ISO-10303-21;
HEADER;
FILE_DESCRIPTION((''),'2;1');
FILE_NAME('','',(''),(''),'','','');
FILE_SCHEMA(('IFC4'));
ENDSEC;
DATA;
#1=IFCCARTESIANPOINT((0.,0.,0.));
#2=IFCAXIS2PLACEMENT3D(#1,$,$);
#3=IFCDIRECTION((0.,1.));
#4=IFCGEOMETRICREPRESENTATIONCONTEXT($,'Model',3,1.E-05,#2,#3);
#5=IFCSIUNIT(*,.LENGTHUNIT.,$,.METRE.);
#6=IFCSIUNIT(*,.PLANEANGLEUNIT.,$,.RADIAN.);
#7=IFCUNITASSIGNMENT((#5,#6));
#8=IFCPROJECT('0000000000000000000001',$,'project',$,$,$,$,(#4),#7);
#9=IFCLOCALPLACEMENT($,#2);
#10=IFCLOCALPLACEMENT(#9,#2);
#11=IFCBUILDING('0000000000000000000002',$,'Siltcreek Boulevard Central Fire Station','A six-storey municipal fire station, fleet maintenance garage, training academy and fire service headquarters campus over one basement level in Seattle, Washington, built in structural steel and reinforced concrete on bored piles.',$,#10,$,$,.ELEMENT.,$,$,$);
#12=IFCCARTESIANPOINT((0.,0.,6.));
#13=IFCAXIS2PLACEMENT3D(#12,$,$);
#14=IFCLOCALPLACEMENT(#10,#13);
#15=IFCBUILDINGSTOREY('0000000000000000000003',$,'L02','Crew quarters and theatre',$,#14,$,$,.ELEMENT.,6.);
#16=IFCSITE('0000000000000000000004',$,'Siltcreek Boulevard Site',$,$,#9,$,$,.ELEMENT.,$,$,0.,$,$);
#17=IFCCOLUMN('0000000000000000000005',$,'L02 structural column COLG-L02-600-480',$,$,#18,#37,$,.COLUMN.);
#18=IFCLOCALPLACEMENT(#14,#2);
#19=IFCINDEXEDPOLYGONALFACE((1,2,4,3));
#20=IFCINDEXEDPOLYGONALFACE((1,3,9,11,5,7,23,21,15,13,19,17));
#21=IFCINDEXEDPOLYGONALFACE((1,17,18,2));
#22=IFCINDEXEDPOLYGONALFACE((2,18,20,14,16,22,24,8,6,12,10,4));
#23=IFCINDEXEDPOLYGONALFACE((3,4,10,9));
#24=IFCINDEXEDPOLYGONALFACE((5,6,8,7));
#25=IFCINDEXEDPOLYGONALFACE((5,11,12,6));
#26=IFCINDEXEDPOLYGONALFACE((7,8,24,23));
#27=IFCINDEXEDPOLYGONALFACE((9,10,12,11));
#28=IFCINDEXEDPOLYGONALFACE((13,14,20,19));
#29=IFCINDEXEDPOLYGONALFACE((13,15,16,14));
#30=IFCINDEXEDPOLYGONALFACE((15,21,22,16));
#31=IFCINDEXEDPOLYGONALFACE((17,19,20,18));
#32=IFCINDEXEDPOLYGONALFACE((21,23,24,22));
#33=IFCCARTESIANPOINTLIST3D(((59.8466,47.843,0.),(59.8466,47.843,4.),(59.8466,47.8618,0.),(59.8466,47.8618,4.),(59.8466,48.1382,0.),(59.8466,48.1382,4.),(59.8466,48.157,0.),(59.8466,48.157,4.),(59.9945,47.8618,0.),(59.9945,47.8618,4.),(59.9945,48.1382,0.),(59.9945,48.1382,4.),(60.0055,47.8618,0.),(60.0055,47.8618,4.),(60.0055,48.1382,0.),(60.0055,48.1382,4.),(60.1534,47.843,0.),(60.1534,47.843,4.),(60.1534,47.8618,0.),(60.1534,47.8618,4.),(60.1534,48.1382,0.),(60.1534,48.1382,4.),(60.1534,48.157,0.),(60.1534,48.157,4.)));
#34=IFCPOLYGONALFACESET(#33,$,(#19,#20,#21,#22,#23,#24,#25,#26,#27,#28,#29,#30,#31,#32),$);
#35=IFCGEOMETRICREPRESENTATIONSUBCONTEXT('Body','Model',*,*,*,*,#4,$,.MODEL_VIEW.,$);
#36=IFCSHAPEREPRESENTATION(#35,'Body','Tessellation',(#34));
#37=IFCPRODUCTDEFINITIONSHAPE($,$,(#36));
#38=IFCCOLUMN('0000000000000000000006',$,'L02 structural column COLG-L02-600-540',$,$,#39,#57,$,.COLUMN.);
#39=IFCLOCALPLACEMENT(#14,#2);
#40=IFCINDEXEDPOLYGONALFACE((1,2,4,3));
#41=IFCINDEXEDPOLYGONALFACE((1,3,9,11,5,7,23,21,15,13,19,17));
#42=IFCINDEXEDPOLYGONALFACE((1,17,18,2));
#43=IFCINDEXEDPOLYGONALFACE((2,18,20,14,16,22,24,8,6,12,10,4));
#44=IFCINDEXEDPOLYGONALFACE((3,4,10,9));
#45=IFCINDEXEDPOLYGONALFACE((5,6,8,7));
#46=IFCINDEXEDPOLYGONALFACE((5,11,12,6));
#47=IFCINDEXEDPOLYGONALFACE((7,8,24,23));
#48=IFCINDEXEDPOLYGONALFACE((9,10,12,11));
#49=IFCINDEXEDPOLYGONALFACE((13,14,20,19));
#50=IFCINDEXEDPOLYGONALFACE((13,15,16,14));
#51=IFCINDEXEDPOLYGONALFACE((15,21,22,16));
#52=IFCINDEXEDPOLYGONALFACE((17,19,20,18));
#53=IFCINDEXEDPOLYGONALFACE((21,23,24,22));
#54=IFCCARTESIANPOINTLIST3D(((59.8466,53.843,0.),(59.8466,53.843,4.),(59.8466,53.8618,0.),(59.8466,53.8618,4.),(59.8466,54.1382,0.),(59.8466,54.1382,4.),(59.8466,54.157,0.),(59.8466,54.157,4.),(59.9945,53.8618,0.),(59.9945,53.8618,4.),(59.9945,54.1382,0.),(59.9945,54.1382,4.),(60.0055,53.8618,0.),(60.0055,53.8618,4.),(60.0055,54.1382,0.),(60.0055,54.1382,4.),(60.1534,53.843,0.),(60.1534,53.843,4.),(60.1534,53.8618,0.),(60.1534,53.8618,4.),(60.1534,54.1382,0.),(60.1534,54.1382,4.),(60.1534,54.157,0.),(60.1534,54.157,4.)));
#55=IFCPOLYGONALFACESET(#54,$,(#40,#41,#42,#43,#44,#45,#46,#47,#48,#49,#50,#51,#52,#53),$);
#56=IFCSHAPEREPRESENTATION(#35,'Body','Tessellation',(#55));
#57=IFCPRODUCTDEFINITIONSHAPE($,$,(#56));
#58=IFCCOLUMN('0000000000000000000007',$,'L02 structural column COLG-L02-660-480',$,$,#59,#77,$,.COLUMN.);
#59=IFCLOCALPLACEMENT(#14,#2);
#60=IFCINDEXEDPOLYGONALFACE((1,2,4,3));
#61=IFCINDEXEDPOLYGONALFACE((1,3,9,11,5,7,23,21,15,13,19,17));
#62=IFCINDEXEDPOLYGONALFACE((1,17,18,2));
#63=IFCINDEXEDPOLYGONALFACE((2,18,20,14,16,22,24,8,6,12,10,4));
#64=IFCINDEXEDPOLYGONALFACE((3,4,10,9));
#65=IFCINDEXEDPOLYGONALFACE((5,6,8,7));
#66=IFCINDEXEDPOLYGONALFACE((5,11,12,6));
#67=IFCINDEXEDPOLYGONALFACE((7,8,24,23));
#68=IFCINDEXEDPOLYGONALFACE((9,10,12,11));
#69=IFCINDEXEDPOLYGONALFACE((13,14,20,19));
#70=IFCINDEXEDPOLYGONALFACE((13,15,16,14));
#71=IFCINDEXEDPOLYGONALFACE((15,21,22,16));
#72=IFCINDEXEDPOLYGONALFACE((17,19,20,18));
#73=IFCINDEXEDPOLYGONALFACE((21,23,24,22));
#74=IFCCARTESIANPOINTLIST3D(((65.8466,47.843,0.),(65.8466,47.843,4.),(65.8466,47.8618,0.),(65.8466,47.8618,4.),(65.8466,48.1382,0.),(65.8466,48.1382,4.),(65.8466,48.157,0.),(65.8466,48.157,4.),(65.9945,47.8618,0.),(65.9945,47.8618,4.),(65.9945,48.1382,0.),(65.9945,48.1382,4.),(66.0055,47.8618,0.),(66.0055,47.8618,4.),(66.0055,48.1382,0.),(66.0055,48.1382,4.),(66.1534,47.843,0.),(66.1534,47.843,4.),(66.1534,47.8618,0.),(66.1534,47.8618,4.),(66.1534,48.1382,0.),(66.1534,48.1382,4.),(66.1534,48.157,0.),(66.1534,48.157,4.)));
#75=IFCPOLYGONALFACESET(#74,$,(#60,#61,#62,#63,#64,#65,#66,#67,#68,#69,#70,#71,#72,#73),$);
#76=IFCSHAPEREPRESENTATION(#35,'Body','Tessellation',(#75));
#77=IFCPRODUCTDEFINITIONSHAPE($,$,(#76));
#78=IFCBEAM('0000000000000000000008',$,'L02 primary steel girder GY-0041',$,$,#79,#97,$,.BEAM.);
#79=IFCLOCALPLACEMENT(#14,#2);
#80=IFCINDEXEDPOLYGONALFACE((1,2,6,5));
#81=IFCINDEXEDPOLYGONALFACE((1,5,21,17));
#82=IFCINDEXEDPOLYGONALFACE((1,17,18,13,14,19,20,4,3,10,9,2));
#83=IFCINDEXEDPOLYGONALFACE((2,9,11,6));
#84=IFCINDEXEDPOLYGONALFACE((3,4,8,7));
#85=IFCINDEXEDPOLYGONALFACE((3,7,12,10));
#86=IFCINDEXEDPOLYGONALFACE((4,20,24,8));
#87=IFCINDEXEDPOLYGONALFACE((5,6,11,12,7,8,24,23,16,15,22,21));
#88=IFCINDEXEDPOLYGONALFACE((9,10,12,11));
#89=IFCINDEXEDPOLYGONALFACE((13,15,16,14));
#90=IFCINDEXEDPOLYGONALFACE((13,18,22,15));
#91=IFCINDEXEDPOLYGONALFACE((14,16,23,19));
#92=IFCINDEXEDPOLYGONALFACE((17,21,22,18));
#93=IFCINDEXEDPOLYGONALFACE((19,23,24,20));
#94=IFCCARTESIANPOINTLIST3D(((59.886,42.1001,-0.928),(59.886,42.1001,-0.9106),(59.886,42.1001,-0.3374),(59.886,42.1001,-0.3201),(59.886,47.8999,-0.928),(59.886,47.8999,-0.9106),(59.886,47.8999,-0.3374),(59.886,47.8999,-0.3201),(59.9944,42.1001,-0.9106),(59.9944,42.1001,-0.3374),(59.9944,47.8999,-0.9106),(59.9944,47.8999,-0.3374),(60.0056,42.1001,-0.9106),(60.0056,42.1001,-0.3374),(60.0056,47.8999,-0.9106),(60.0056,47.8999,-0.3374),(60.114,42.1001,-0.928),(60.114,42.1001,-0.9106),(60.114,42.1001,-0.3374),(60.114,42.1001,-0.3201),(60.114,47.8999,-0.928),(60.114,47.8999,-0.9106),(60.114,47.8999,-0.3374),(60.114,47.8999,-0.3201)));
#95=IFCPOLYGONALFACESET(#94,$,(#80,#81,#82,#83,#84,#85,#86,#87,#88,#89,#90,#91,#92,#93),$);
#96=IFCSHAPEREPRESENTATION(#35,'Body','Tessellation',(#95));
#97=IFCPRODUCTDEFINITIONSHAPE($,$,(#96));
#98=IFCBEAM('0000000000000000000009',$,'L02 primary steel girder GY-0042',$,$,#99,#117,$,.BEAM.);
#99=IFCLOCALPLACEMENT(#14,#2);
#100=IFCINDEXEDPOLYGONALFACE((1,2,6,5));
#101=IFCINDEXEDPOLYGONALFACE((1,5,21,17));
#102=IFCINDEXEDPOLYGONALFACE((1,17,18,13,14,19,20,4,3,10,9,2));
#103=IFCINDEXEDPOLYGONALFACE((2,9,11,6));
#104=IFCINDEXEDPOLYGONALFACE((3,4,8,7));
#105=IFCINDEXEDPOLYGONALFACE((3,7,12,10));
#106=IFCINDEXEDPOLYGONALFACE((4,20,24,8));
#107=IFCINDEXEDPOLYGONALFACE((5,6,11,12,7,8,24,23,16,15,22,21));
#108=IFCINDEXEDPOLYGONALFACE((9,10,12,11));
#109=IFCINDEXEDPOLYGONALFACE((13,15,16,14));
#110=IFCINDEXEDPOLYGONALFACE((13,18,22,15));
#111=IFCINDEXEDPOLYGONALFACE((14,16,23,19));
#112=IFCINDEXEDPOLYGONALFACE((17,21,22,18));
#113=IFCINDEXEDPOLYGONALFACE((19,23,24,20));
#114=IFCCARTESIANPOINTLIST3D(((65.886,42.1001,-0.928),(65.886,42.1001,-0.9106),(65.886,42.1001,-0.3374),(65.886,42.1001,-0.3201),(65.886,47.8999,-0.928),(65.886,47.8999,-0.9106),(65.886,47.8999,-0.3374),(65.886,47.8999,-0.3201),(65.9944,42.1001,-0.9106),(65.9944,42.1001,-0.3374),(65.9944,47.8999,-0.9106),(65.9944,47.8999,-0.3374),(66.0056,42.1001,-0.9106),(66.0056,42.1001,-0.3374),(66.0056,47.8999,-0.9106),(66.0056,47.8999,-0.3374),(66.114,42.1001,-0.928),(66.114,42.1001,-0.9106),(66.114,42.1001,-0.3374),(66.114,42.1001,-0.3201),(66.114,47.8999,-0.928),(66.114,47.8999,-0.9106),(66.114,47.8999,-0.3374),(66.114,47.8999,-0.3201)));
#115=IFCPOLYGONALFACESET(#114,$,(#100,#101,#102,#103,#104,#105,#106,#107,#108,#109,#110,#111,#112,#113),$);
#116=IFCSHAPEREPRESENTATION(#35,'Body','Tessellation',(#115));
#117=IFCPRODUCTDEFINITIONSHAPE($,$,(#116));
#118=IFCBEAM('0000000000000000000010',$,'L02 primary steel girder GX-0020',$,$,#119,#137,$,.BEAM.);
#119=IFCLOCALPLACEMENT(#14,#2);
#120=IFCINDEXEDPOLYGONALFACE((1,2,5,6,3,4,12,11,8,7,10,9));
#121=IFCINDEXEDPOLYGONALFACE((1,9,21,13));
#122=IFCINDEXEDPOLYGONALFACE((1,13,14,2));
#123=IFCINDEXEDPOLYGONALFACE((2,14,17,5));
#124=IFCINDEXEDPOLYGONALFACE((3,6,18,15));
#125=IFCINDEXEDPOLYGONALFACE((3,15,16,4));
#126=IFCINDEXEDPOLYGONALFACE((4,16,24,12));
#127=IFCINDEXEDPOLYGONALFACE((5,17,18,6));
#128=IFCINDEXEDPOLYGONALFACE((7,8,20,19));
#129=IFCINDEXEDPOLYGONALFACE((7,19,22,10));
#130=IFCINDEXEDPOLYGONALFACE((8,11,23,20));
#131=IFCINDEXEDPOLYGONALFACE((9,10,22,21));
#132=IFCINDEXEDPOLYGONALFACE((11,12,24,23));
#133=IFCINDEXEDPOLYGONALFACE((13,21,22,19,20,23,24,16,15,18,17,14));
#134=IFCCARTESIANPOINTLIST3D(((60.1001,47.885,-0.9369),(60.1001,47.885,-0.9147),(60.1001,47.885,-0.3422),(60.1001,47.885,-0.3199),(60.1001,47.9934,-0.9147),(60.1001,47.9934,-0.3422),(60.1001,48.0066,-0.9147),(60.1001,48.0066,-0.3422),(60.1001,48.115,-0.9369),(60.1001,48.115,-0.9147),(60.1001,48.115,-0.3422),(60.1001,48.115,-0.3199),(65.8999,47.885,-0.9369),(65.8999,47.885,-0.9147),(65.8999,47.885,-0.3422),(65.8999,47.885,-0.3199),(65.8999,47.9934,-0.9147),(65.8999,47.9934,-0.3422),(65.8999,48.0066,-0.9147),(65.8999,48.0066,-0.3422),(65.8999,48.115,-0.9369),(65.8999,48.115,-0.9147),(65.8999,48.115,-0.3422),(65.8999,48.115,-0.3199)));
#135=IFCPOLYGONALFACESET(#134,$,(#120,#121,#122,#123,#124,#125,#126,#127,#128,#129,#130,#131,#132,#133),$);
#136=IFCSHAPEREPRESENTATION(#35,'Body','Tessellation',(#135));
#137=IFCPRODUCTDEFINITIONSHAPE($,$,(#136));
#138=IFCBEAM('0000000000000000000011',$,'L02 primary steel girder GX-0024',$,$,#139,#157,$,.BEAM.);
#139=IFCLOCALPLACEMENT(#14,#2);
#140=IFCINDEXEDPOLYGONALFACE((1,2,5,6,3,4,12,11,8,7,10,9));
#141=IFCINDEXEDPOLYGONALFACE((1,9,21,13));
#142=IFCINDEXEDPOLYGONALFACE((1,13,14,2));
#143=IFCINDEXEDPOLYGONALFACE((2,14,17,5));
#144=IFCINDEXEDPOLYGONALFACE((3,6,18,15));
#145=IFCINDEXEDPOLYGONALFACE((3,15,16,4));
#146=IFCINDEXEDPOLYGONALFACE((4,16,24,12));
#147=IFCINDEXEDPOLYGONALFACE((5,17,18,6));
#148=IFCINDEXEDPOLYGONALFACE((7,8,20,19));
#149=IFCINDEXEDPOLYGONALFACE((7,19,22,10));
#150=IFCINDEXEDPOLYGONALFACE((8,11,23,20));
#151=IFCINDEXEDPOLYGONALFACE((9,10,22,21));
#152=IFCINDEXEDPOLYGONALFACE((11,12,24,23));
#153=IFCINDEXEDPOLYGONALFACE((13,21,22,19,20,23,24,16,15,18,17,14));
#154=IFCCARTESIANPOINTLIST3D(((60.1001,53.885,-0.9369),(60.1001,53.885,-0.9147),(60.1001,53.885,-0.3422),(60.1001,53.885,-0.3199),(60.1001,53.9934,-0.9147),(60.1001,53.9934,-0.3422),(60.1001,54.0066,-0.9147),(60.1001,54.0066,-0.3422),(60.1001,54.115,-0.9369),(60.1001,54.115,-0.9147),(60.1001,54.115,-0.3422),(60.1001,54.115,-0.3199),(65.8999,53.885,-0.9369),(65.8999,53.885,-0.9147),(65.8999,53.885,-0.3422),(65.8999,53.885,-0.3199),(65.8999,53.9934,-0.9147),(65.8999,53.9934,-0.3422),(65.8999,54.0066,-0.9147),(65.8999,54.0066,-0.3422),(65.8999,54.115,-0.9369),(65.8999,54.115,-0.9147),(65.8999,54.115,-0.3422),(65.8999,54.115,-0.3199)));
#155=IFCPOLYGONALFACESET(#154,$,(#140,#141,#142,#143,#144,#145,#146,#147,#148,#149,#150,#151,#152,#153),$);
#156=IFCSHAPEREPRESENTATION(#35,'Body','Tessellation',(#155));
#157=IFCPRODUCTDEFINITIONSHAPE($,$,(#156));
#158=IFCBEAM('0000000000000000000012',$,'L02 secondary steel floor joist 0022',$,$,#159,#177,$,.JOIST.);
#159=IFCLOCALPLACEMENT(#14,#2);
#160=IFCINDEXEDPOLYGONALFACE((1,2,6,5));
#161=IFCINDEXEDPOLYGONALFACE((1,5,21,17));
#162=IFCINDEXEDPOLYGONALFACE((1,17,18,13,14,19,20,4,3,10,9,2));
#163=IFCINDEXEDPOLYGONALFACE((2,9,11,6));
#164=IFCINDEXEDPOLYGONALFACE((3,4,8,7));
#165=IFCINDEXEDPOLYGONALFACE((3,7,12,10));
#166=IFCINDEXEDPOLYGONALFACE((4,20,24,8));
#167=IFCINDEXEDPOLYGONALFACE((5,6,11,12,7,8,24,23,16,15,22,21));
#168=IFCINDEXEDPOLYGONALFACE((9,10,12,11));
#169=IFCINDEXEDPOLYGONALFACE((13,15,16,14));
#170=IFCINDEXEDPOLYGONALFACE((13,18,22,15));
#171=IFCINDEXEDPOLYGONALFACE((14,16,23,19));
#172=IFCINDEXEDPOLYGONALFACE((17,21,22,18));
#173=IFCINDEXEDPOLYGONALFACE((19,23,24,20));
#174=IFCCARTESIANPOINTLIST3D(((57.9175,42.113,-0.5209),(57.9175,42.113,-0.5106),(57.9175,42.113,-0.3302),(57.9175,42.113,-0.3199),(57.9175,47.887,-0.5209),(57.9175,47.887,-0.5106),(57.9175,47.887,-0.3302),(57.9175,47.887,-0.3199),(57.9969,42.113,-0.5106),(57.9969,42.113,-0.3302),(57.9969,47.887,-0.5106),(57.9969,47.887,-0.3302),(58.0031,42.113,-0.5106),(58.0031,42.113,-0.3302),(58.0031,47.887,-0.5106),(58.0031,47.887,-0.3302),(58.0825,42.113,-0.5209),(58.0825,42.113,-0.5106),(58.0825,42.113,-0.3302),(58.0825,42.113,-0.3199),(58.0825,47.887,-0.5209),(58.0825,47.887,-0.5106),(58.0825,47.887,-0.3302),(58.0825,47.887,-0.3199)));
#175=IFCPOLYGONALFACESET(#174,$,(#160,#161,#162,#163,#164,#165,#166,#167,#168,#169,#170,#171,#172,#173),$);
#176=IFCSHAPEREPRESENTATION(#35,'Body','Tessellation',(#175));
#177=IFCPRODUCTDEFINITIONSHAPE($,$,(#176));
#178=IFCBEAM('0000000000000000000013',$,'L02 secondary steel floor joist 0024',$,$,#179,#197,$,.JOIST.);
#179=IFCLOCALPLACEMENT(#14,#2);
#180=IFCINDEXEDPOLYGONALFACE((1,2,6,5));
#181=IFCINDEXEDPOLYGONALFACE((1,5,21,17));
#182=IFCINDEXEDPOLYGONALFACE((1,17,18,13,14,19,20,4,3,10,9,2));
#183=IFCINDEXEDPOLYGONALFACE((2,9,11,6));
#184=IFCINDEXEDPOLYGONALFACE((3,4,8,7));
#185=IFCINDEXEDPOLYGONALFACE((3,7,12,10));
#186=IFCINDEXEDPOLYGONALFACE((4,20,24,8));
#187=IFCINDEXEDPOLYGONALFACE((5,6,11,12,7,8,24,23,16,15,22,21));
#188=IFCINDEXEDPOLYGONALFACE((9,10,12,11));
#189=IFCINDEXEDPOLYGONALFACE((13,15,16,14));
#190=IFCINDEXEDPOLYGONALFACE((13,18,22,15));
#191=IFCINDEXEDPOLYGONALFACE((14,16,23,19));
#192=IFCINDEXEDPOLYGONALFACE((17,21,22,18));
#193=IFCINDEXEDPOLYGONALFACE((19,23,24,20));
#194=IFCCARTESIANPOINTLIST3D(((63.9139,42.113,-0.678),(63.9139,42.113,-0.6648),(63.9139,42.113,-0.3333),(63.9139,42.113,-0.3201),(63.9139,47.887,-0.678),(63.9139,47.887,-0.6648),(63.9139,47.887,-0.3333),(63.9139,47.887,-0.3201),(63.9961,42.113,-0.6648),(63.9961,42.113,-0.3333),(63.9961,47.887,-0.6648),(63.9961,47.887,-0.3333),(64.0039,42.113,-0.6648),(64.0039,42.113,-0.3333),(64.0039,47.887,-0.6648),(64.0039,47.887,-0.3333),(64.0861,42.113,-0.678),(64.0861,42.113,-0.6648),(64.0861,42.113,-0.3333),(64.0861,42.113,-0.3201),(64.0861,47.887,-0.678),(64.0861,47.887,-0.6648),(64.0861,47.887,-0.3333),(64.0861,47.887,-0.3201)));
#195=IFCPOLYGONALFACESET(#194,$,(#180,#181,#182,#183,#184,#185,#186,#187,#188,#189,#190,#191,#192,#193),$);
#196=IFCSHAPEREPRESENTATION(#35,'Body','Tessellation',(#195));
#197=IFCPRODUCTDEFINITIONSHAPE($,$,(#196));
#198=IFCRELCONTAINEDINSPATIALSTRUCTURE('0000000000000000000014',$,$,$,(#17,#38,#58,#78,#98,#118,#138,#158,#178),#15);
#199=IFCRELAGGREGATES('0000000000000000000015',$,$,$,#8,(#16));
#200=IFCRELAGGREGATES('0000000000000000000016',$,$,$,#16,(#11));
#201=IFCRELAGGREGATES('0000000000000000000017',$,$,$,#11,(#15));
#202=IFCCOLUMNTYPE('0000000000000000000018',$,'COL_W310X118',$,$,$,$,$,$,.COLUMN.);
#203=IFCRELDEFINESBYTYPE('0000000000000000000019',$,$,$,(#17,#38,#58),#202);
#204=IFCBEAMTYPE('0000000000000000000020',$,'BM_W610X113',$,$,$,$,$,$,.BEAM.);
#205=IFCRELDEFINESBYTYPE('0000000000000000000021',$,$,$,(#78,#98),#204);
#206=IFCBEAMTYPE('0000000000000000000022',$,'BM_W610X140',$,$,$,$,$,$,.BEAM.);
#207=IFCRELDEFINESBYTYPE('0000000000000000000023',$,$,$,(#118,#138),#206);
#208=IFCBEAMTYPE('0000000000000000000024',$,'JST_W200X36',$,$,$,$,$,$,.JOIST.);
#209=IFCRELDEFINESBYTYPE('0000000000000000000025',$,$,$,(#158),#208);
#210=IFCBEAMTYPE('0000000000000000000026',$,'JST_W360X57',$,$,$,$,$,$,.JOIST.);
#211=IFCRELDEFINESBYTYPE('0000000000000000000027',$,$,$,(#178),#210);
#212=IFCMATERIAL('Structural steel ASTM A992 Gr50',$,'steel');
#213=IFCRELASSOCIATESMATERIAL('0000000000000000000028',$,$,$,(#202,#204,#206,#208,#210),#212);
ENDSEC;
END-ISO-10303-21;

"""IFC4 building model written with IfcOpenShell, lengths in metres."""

from ifc_helpers import new_model, si_unit, direction, frame, origin, origin_2d, place, context, subcontext, project, spatial, i_section, extrude, material, material_profile, profile_set, type_object, element, save


model = new_model("IFC4")

# Units and contexts
model_context = context("Model", 3, precision=1e-05, world=origin(), true_north=direction((0.0, 1.0)))
body_context = subcontext(model_context, "Body", "Model", "MODEL_VIEW")
ifc_project = project(units=[si_unit("LENGTHUNIT", "METRE"), si_unit("PLANEANGLEUNIT", "RADIAN")], contexts=[model_context])

# Site, building, storey
site_placement = place(None, origin())
site = spatial("IfcSite", under=ifc_project, at=site_placement, Name="Siltcreek Boulevard Site", CompositionType="ELEMENT", RefElevation=0.0)
building_placement = place(site_placement, origin())
building = spatial("IfcBuilding", under=site, at=building_placement, Name="Siltcreek Boulevard Central Fire Station", Description="A six-storey municipal fire station, fleet maintenance garage, training academy and fire service headquarters campus over one basement level in Seattle, Washington, built in structural steel and reinforced concrete on bored piles.", CompositionType="ELEMENT")
storey_placement = place(building_placement, frame((0.0, 0.0, 6.0)))
storey = spatial("IfcBuildingStorey", under=building, at=storey_placement, Name="L02", Description="Crew quarters and theatre", CompositionType="ELEMENT", Elevation=6.0)

# Columns
ifc_material_1 = material(Name="Structural steel ASTM A992 Gr50", Category="steel")
ifc_material_profile_1 = material_profile(ifc_material_1, i_section(OverallWidth=0.3069, OverallDepth=0.314, WebThickness=0.011, FlangeThickness=0.0188, at=origin_2d()), Name="W310X118")
ifc_profile_set_1 = profile_set([ifc_material_profile_1], Name="Structural steel ASTM A992 Gr50")
column_type = type_object("IfcColumnType", Name="COL_W310X118", PredefinedType="COLUMN", material=ifc_profile_set_1)
for number, where, z_axis, x_axis, name in (
    (1, (60.0, 48.0, 0.0), (0.0, 0.0, 1.0), (1.0, 0.0, 0.0), "L02 structural column COLG-L02-600-480"),
    (2, (60.0, 54.0, 0.0), (0.0, 0.0, 1.0), (1.0, 0.0, 0.0), "L02 structural column COLG-L02-600-540"),
    (3, (66.0, 48.0, 0.0), (0.0, 0.0, 1.0), (1.0, 0.0, 0.0), "L02 structural column COLG-L02-660-480"),
):
    element("IfcColumn", number, at=place(storey_placement, frame(where, z_axis=z_axis, x_axis=x_axis)), inside=storey, type_object=column_type, Name=name, PredefinedType="COLUMN", context=body_context, shape_type="SweptSolid", body=[
        extrude(i_section(OverallWidth=0.3069, OverallDepth=0.314, WebThickness=0.011, FlangeThickness=0.0188, at=origin_2d()), origin(), (0.0, 0.0, 1.0), 4.0),
    ])

# Beams
ifc_material_profile_2 = material_profile(ifc_material_1, i_section(OverallWidth=0.228, OverallDepth=0.6079, WebThickness=0.0112, FlangeThickness=0.0173, at=origin_2d()), Name="W610X113")
ifc_profile_set_2 = profile_set([ifc_material_profile_2], Name="Structural steel ASTM A992 Gr50")
beam_type_1 = type_object("IfcBeamType", Name="BM_W610X113", PredefinedType="BEAM", material=ifc_profile_set_2)
for number, where, z_axis, x_axis, name in (
    (4, (60.0, 42.1001, -0.624), (0.0, 1.0, 0.0), (-1.0, 0.0, 0.0), "L02 primary steel girder GY-0041"),
    (5, (66.0, 42.1001, -0.624), (0.0, 1.0, 0.0), (-1.0, 0.0, 0.0), "L02 primary steel girder GY-0042"),
):
    element("IfcBeam", number, at=place(storey_placement, frame(where, z_axis=z_axis, x_axis=x_axis)), inside=storey, type_object=beam_type_1, Name=name, PredefinedType="BEAM", context=body_context, shape_type="SweptSolid", body=[
        extrude(i_section(OverallWidth=0.228, OverallDepth=0.6079, WebThickness=0.0112, FlangeThickness=0.0173, at=origin_2d()), origin(), (0.0, 0.0, 1.0), 5.7998),
    ])
ifc_material_profile_3 = material_profile(ifc_material_1, i_section(OverallWidth=0.23, OverallDepth=0.6169, WebThickness=0.0132, FlangeThickness=0.0222, at=origin_2d()), Name="W610X140")
ifc_profile_set_3 = profile_set([ifc_material_profile_3], Name="Structural steel ASTM A992 Gr50")
beam_type_2 = type_object("IfcBeamType", Name="BM_W610X140", PredefinedType="BEAM", material=ifc_profile_set_3)
for number, where, z_axis, x_axis, name in (
    (6, (60.1001, 48.0, -0.6284), (1.0, 0.0, 0.0), (0.0, 1.0, 0.0), "L02 primary steel girder GX-0020"),
    (7, (60.1001, 54.0, -0.6284), (1.0, 0.0, 0.0), (0.0, 1.0, 0.0), "L02 primary steel girder GX-0024"),
):
    element("IfcBeam", number, at=place(storey_placement, frame(where, z_axis=z_axis, x_axis=x_axis)), inside=storey, type_object=beam_type_2, Name=name, PredefinedType="BEAM", context=body_context, shape_type="SweptSolid", body=[
        extrude(i_section(OverallWidth=0.23, OverallDepth=0.6169, WebThickness=0.0132, FlangeThickness=0.0222, at=origin_2d()), origin(), (0.0, 0.0, 1.0), 5.7998),
    ])
ifc_material_profile_4 = material_profile(ifc_material_1, i_section(OverallWidth=0.165, OverallDepth=0.2009, WebThickness=0.0061, FlangeThickness=0.0103, at=origin_2d()), Name="W200X36")
ifc_profile_set_4 = profile_set([ifc_material_profile_4], Name="Structural steel ASTM A992 Gr50")
beam_type_3 = type_object("IfcBeamType", Name="JST_W200X36", PredefinedType="JOIST", material=ifc_profile_set_4)
beam_1_placement = place(storey_placement, frame((58.0, 42.113, -0.4204), z_axis=(0.0, 1.0, 0.0), x_axis=(-1.0, 0.0, 0.0)))
element("IfcBeam", 8, at=beam_1_placement, inside=storey, type_object=beam_type_3, Name="L02 secondary steel floor joist 0022", PredefinedType="JOIST", context=body_context, shape_type="SweptSolid", body=[
    extrude(i_section(OverallWidth=0.165, OverallDepth=0.2009, WebThickness=0.0061, FlangeThickness=0.0103, at=origin_2d()), origin(), (0.0, 0.0, 1.0), 5.7739),
])
ifc_material_profile_5 = material_profile(ifc_material_1, i_section(OverallWidth=0.1721, OverallDepth=0.3579, WebThickness=0.0078, FlangeThickness=0.0132, at=origin_2d()), Name="W360X57")
ifc_profile_set_5 = profile_set([ifc_material_profile_5], Name="Structural steel ASTM A992 Gr50")
beam_type_4 = type_object("IfcBeamType", Name="JST_W360X57", PredefinedType="JOIST", material=ifc_profile_set_5)
beam_2_placement = place(storey_placement, frame((64.0, 42.113, -0.499), z_axis=(0.0, 1.0, 0.0), x_axis=(-1.0, 0.0, 0.0)))
element("IfcBeam", 9, at=beam_2_placement, inside=storey, type_object=beam_type_4, Name="L02 secondary steel floor joist 0024", PredefinedType="JOIST", context=body_context, shape_type="SweptSolid", body=[
    extrude(i_section(OverallWidth=0.1721, OverallDepth=0.3579, WebThickness=0.0078, FlangeThickness=0.0132, at=origin_2d()), origin(), (0.0, 0.0, 1.0), 5.7739),
])

save(model, "model.ifc")
